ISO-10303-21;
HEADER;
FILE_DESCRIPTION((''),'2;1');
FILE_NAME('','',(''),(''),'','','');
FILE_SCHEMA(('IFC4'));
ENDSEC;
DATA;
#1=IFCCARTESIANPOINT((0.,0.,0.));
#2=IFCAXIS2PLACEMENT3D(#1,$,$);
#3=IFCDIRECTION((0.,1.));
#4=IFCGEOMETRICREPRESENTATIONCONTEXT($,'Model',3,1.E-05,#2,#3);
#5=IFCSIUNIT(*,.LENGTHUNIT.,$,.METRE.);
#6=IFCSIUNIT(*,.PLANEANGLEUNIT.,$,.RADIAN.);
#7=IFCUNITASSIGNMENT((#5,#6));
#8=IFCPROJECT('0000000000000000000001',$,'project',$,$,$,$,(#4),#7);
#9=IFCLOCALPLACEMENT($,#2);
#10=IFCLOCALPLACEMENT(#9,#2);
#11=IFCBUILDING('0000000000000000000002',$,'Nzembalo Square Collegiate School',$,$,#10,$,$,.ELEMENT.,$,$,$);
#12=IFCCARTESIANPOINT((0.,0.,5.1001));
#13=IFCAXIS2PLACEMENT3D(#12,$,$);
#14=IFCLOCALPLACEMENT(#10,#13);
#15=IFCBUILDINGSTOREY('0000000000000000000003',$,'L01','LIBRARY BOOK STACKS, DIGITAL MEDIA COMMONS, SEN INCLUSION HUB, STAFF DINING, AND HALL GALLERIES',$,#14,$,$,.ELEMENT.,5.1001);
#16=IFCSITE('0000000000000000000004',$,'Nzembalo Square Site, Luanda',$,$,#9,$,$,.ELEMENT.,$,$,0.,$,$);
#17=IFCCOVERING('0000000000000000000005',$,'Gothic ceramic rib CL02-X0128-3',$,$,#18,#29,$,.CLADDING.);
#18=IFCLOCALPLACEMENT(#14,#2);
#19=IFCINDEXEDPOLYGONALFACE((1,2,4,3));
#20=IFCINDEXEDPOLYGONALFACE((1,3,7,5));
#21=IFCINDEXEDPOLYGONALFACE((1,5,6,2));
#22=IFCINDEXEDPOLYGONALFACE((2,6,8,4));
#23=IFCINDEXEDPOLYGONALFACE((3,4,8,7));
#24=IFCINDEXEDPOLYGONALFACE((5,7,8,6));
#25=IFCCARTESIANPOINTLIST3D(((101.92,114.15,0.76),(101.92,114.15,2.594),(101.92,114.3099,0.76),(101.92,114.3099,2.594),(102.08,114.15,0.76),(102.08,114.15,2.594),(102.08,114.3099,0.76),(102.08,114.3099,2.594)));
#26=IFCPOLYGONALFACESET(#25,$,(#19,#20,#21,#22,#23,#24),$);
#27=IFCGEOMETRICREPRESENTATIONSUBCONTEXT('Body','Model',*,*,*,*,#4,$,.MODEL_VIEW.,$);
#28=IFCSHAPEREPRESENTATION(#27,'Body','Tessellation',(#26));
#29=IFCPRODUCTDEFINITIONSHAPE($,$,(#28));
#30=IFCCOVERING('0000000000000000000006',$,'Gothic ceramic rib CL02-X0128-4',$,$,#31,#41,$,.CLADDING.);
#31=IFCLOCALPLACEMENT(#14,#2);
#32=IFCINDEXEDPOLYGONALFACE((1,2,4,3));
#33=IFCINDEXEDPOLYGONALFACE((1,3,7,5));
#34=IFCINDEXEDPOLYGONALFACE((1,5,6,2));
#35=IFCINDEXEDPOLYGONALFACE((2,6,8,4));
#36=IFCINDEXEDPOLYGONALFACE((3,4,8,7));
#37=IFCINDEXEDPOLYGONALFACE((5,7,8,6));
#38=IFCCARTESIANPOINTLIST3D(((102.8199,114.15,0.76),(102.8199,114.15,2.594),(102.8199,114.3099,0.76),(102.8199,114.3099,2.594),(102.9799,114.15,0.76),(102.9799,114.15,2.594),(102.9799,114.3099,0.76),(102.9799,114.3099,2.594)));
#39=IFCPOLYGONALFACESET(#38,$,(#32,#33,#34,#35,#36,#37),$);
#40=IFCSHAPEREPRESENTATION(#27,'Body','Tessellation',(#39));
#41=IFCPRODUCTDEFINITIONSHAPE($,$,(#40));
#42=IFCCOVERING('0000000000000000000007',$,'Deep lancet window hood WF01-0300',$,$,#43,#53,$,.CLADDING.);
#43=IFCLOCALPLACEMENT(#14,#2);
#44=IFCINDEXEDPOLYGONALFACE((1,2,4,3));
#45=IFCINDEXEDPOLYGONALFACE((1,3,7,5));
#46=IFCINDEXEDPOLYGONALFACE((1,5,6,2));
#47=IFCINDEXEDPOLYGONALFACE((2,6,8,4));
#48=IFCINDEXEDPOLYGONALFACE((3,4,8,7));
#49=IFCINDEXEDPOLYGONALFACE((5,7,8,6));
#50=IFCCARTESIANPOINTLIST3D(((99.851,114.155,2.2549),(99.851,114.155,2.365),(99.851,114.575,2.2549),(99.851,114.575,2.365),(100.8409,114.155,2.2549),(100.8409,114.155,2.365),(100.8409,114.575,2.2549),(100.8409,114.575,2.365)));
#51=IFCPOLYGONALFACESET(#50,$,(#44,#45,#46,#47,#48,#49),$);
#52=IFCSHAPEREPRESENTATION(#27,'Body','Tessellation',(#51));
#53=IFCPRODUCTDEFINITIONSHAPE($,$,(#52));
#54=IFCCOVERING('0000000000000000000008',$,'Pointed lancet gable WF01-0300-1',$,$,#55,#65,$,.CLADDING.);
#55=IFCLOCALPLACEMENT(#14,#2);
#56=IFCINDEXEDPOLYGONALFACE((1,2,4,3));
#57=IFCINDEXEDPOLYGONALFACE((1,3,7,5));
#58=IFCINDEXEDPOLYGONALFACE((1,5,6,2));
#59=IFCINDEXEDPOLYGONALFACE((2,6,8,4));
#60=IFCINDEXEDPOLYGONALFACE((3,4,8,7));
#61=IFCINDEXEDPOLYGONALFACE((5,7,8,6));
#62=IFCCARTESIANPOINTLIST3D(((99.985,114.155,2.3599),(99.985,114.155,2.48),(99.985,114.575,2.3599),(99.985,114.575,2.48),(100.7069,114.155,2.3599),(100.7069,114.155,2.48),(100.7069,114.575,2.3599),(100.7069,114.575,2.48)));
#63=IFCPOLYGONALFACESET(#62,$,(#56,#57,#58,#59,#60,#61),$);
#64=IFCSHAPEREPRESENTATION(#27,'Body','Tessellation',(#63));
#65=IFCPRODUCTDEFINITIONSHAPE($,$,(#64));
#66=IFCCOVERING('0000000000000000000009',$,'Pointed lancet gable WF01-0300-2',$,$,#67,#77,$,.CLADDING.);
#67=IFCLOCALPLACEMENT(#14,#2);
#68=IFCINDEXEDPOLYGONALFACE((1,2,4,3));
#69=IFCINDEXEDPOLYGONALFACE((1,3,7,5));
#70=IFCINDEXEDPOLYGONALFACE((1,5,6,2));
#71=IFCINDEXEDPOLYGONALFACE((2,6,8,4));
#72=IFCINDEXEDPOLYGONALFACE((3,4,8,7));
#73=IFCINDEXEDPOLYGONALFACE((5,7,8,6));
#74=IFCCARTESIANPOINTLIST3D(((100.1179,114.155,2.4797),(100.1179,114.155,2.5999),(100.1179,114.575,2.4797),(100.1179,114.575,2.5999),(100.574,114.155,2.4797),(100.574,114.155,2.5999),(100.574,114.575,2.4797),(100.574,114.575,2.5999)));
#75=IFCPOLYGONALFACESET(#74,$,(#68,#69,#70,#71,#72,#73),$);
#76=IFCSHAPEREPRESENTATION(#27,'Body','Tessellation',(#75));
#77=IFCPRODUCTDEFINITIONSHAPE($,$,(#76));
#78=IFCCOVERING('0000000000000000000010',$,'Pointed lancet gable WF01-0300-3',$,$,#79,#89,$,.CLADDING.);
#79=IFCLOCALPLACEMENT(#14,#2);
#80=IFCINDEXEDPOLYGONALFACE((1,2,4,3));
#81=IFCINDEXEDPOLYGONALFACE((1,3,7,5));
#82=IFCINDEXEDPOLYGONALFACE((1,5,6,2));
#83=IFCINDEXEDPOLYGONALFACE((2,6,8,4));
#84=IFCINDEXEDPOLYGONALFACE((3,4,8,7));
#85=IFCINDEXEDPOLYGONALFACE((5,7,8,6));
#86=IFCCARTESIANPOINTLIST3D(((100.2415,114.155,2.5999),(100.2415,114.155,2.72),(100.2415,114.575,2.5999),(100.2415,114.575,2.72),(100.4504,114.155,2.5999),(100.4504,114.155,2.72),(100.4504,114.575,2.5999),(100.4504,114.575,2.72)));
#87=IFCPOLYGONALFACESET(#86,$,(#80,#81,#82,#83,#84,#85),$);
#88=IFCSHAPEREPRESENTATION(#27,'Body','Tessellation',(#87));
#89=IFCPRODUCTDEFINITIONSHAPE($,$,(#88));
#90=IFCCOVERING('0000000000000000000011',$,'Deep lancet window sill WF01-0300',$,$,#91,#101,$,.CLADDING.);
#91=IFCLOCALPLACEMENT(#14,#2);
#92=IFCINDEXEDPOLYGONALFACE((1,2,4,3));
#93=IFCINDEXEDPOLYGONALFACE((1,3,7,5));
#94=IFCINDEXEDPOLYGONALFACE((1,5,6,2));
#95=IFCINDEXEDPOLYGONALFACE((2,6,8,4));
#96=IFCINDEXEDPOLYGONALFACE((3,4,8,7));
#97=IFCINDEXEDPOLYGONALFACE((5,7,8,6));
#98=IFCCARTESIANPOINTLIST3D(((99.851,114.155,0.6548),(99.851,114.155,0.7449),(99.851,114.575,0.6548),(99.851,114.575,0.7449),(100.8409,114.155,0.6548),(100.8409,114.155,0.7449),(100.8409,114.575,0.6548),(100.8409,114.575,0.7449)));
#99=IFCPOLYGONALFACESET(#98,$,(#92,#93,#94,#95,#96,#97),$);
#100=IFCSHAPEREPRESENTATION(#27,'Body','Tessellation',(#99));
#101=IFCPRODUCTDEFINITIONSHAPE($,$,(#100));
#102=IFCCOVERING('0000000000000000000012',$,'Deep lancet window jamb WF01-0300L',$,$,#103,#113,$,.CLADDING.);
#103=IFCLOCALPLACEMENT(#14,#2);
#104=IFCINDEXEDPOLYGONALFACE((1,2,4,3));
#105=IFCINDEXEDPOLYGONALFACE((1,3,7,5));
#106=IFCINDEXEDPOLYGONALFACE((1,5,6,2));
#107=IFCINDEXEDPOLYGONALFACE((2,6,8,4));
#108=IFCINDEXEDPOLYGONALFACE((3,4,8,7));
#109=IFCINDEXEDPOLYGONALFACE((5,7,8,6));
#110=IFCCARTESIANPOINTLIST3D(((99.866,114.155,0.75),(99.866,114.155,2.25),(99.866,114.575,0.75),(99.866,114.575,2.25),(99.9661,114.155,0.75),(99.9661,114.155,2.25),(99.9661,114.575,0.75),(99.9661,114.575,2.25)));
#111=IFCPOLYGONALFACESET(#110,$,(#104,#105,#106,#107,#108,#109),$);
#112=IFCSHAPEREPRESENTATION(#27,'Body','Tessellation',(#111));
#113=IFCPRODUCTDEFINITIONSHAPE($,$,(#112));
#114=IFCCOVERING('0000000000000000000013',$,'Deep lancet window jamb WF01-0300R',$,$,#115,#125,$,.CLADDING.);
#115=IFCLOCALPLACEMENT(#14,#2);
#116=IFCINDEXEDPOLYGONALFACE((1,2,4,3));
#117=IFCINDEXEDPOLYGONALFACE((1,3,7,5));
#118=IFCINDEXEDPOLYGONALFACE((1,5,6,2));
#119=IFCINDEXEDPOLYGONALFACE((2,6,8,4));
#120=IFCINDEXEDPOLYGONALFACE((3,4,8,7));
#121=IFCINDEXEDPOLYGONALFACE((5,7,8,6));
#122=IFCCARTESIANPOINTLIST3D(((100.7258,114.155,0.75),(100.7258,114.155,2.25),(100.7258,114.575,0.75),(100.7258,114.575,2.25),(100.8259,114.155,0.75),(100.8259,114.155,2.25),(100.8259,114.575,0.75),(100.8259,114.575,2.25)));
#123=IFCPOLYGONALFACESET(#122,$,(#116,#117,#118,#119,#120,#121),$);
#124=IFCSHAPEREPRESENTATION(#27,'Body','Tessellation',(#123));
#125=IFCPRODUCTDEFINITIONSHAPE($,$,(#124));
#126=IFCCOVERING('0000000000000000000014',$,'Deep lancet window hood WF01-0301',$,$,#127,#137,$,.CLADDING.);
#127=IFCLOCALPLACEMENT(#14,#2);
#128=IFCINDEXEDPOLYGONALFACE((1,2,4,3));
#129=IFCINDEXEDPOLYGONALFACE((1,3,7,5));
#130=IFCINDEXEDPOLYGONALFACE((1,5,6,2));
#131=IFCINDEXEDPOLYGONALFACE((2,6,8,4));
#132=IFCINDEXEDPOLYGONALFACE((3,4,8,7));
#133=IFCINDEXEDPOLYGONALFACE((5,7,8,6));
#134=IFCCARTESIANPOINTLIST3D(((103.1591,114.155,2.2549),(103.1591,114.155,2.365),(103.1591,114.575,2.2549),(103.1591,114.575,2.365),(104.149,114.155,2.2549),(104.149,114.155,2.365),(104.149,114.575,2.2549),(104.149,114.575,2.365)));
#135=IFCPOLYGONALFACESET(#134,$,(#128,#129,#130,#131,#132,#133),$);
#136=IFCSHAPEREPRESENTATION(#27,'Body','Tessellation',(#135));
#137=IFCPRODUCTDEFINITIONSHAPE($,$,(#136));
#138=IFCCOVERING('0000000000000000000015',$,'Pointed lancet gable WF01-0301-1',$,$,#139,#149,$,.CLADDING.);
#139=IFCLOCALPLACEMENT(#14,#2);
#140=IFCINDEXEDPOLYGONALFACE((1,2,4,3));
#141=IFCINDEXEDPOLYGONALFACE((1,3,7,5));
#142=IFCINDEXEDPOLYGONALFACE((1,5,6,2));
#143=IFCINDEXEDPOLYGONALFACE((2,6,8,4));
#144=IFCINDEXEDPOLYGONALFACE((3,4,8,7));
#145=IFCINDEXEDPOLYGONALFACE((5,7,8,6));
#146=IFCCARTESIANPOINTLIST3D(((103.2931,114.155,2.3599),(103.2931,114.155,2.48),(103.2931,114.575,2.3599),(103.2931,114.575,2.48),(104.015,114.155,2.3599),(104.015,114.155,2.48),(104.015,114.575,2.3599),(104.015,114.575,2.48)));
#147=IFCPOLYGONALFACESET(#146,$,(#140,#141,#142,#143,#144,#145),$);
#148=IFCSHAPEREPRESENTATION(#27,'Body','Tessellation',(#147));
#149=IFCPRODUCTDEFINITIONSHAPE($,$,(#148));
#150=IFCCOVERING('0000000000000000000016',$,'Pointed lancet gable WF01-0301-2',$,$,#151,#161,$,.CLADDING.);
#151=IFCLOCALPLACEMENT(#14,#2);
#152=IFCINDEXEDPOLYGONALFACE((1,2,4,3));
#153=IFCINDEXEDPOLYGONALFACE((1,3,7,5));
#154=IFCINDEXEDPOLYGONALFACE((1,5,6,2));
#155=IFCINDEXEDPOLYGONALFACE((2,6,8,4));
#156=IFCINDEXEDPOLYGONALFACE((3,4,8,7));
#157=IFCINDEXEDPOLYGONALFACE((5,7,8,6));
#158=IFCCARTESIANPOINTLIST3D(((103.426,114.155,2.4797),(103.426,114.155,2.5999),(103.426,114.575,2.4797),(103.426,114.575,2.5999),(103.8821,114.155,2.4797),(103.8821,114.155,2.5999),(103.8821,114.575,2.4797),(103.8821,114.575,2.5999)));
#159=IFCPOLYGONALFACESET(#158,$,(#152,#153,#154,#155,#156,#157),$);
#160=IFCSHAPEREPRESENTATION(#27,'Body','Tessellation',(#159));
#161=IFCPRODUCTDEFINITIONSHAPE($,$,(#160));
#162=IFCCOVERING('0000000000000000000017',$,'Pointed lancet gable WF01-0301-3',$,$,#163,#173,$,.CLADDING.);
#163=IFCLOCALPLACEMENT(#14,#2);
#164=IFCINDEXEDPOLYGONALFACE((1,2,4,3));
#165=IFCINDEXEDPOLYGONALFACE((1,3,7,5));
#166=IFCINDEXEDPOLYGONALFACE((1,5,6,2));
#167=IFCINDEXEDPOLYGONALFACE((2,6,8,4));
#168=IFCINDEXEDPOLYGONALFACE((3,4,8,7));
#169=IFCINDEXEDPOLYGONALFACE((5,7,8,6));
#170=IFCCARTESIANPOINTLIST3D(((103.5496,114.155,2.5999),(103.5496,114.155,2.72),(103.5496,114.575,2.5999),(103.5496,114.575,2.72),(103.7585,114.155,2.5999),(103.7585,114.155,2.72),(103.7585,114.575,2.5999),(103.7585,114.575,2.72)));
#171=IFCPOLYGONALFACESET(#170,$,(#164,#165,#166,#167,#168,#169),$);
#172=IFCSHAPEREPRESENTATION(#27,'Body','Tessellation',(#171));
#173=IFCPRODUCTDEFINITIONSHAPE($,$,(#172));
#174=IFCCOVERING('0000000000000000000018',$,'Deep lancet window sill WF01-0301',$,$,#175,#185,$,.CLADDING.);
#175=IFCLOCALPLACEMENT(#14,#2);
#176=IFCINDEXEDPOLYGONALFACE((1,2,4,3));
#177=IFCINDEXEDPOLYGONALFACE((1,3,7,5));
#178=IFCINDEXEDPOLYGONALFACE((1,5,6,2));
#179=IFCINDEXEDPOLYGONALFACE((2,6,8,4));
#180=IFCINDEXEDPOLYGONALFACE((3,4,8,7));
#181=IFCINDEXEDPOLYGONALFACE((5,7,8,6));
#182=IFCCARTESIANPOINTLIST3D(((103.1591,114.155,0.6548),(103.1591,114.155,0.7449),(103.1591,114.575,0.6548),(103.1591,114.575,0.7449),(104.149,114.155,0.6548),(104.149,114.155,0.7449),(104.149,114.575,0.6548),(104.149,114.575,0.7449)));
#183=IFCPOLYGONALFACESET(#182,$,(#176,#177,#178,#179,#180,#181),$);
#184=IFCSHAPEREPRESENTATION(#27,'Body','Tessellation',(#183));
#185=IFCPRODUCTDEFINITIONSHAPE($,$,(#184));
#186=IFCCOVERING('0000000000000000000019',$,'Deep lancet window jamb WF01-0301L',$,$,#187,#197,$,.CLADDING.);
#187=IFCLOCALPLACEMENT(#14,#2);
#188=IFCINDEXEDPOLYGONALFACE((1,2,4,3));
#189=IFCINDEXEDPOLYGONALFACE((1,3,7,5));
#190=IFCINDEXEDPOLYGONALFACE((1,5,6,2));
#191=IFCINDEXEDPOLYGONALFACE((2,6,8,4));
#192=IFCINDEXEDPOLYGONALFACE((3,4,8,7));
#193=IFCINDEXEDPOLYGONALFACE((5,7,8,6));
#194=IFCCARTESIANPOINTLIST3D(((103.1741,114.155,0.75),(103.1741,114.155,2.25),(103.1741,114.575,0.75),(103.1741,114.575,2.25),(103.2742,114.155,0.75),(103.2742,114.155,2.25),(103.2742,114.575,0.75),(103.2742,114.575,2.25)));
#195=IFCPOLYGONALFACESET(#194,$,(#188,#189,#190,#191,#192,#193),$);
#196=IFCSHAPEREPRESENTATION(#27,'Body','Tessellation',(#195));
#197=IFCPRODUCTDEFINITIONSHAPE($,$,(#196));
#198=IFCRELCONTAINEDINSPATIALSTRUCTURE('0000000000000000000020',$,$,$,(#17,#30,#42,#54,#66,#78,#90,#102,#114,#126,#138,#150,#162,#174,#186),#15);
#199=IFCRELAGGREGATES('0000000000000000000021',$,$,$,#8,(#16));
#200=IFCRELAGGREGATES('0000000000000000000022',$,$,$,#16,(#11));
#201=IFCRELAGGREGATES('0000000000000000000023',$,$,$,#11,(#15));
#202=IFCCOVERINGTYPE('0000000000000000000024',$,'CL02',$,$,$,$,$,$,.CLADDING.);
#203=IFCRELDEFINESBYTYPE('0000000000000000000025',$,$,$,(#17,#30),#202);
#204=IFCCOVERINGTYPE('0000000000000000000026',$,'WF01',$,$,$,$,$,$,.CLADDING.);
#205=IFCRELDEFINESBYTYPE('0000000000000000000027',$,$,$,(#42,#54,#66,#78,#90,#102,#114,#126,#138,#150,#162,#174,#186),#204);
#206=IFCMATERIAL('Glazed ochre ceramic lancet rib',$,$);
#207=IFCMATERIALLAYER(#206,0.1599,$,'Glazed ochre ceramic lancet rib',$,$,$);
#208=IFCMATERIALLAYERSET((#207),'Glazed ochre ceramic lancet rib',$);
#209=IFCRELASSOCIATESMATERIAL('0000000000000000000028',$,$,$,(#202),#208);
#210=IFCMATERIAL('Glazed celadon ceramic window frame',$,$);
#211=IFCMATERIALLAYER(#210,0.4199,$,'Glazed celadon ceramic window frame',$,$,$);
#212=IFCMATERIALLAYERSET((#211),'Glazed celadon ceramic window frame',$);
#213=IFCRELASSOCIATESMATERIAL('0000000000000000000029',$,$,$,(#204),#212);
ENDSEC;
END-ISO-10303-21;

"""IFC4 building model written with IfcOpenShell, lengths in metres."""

from ifc_helpers import new_model, si_unit, direction, frame, origin, origin_2d, place, context, subcontext, project, spatial, rectangle, extrude, material, layer, layer_set, type_object, element, save


model = new_model("IFC4")

# Units and contexts
model_context = context("Model", 3, precision=1e-05, world=origin(), true_north=direction((0.0, 1.0)))
body_context = subcontext(model_context, "Body", "Model", "MODEL_VIEW")
ifc_project = project(units=[si_unit("LENGTHUNIT", "METRE"), si_unit("PLANEANGLEUNIT", "RADIAN")], contexts=[model_context])

# Site, building, storey
site_placement = place(None, origin())
site = spatial("IfcSite", under=ifc_project, at=site_placement, Name="Nzembalo Square Site, Luanda", CompositionType="ELEMENT", RefElevation=0.0)
building_placement = place(site_placement, origin())
building = spatial("IfcBuilding", under=site, at=building_placement, Name="Nzembalo Square Collegiate School", CompositionType="ELEMENT")
storey_placement = place(building_placement, frame((0.0, 0.0, 5.1001)))
storey = spatial("IfcBuildingStorey", under=building, at=storey_placement, Name="L01", Description="LIBRARY BOOK STACKS, DIGITAL MEDIA COMMONS, SEN INCLUSION HUB, STAFF DINING, AND HALL GALLERIES", CompositionType="ELEMENT", Elevation=5.1001)

# Coverings
ifc_material_1 = material(Name="Glazed ochre ceramic lancet rib")
ifc_layer_1 = layer(ifc_material_1, 0.1599, Name="Glazed ochre ceramic lancet rib")
ifc_layer_set_1 = layer_set([ifc_layer_1], Name="Glazed ochre ceramic lancet rib")
covering_type_1 = type_object("IfcCoveringType", Name="CL02", PredefinedType="CLADDING", material=ifc_layer_set_1)
for number, where, z_axis, x_axis, name in (
    (1, (102.0, 114.23, 0.76), (0.0, 0.0, 1.0), (1.0, 0.0, 0.0), "Gothic ceramic rib CL02-X0128-3"),
    (2, (102.8999, 114.23, 0.76), (0.0, 0.0, 1.0), (1.0, 0.0, 0.0), "Gothic ceramic rib CL02-X0128-4"),
):
    element("IfcCovering", number, at=place(storey_placement, frame(where, z_axis=z_axis, x_axis=x_axis)), inside=storey, type_object=covering_type_1, Name=name, PredefinedType="CLADDING", context=body_context, shape_type="SweptSolid", body=[
        extrude(rectangle(XDim=0.1599, YDim=0.1599, at=origin_2d()), origin(), (0.0, 0.0, 1.0), 1.834),
    ])
ifc_material_2 = material(Name="Glazed celadon ceramic window frame")
ifc_layer_2 = layer(ifc_material_2, 0.4199, Name="Glazed celadon ceramic window frame")
ifc_layer_set_2 = layer_set([ifc_layer_2], Name="Glazed celadon ceramic window frame")
covering_type_2 = type_object("IfcCoveringType", Name="WF01", PredefinedType="CLADDING", material=ifc_layer_set_2)
covering_1_placement = place(storey_placement, frame((100.3459, 114.365, 2.2549), z_axis=(0.0, 0.0, 1.0), x_axis=(1.0, 0.0, 0.0)))
element("IfcCovering", 3, at=covering_1_placement, inside=storey, type_object=covering_type_2, Name="Deep lancet window hood WF01-0300", PredefinedType="CLADDING", context=body_context, shape_type="SweptSolid", body=[
    extrude(rectangle(XDim=0.99, YDim=0.4199, at=origin_2d()), origin(), (0.0, 0.0, 1.0), 0.1101),
])
covering_2_placement = place(storey_placement, frame((100.3459, 114.365, 2.3599), z_axis=(0.0, 0.0, 1.0), x_axis=(1.0, 0.0, 0.0)))
element("IfcCovering", 4, at=covering_2_placement, inside=storey, type_object=covering_type_2, Name="Pointed lancet gable WF01-0300-1", PredefinedType="CLADDING", context=body_context, shape_type="SweptSolid", body=[
    extrude(rectangle(XDim=0.7219, YDim=0.4199, at=origin_2d()), origin(), (0.0, 0.0, 1.0), 0.1201),
])
covering_3_placement = place(storey_placement, frame((100.3459, 114.365, 2.4797), z_axis=(0.0, 0.0, 1.0), x_axis=(1.0, 0.0, 0.0)))
element("IfcCovering", 5, at=covering_3_placement, inside=storey, type_object=covering_type_2, Name="Pointed lancet gable WF01-0300-2", PredefinedType="CLADDING", context=body_context, shape_type="SweptSolid", body=[
    extrude(rectangle(XDim=0.4561, YDim=0.4199, at=origin_2d()), origin(), (0.0, 0.0, 1.0), 0.1201),
])
covering_4_placement = place(storey_placement, frame((100.3459, 114.365, 2.5999), z_axis=(0.0, 0.0, 1.0), x_axis=(1.0, 0.0, 0.0)))
element("IfcCovering", 6, at=covering_4_placement, inside=storey, type_object=covering_type_2, Name="Pointed lancet gable WF01-0300-3", PredefinedType="CLADDING", context=body_context, shape_type="SweptSolid", body=[
    extrude(rectangle(XDim=0.209, YDim=0.4199, at=origin_2d()), origin(), (0.0, 0.0, 1.0), 0.1201),
])
covering_5_placement = place(storey_placement, frame((100.3459, 114.365, 0.6548), z_axis=(0.0, 0.0, 1.0), x_axis=(1.0, 0.0, 0.0)))
element("IfcCovering", 7, at=covering_5_placement, inside=storey, type_object=covering_type_2, Name="Deep lancet window sill WF01-0300", PredefinedType="CLADDING", context=body_context, shape_type="SweptSolid", body=[
    extrude(rectangle(XDim=0.99, YDim=0.4199, at=origin_2d()), origin(), (0.0, 0.0, 1.0), 0.0901),
])
for number, where, z_axis, x_axis, name in (
    (8, (99.916, 114.365, 0.75), (0.0, 0.0, 1.0), (1.0, 0.0, 0.0), "Deep lancet window jamb WF01-0300L"),
    (9, (100.7759, 114.365, 0.75), (0.0, 0.0, 1.0), (1.0, 0.0, 0.0), "Deep lancet window jamb WF01-0300R"),
):
    element("IfcCovering", number, at=place(storey_placement, frame(where, z_axis=z_axis, x_axis=x_axis)), inside=storey, type_object=covering_type_2, Name=name, PredefinedType="CLADDING", context=body_context, shape_type="SweptSolid", body=[
        extrude(rectangle(XDim=0.1001, YDim=0.4199, at=origin_2d()), origin(), (0.0, 0.0, 1.0), 1.5),
    ])
covering_6_placement = place(storey_placement, frame((103.6541, 114.365, 2.2549), z_axis=(0.0, 0.0, 1.0), x_axis=(1.0, 0.0, 0.0)))
element("IfcCovering", 10, at=covering_6_placement, inside=storey, type_object=covering_type_2, Name="Deep lancet window hood WF01-0301", PredefinedType="CLADDING", context=body_context, shape_type="SweptSolid", body=[
    extrude(rectangle(XDim=0.99, YDim=0.4199, at=origin_2d()), origin(), (0.0, 0.0, 1.0), 0.1101),
])
covering_7_placement = place(storey_placement, frame((103.6541, 114.365, 2.3599), z_axis=(0.0, 0.0, 1.0), x_axis=(1.0, 0.0, 0.0)))
element("IfcCovering", 11, at=covering_7_placement, inside=storey, type_object=covering_type_2, Name="Pointed lancet gable WF01-0301-1", PredefinedType="CLADDING", context=body_context, shape_type="SweptSolid", body=[
    extrude(rectangle(XDim=0.7219, YDim=0.4199, at=origin_2d()), origin(), (0.0, 0.0, 1.0), 0.1201),
])
covering_8_placement = place(storey_placement, frame((103.6541, 114.365, 2.4797), z_axis=(0.0, 0.0, 1.0), x_axis=(1.0, 0.0, 0.0)))
element("IfcCovering", 12, at=covering_8_placement, inside=storey, type_object=covering_type_2, Name="Pointed lancet gable WF01-0301-2", PredefinedType="CLADDING", context=body_context, shape_type="SweptSolid", body=[
    extrude(rectangle(XDim=0.4561, YDim=0.4199, at=origin_2d()), origin(), (0.0, 0.0, 1.0), 0.1201),
])
covering_9_placement = place(storey_placement, frame((103.6541, 114.365, 2.5999), z_axis=(0.0, 0.0, 1.0), x_axis=(1.0, 0.0, 0.0)))
element("IfcCovering", 13, at=covering_9_placement, inside=storey, type_object=covering_type_2, Name="Pointed lancet gable WF01-0301-3", PredefinedType="CLADDING", context=body_context, shape_type="SweptSolid", body=[
    extrude(rectangle(XDim=0.209, YDim=0.4199, at=origin_2d()), origin(), (0.0, 0.0, 1.0), 0.1201),
])
covering_10_placement = place(storey_placement, frame((103.6541, 114.365, 0.6548), z_axis=(0.0, 0.0, 1.0), x_axis=(1.0, 0.0, 0.0)))
element("IfcCovering", 14, at=covering_10_placement, inside=storey, type_object=covering_type_2, Name="Deep lancet window sill WF01-0301", PredefinedType="CLADDING", context=body_context, shape_type="SweptSolid", body=[
    extrude(rectangle(XDim=0.99, YDim=0.4199, at=origin_2d()), origin(), (0.0, 0.0, 1.0), 0.0901),
])
covering_11_placement = place(storey_placement, frame((103.2241, 114.365, 0.75), z_axis=(0.0, 0.0, 1.0), x_axis=(1.0, 0.0, 0.0)))
element("IfcCovering", 15, at=covering_11_placement, inside=storey, type_object=covering_type_2, Name="Deep lancet window jamb WF01-0301L", PredefinedType="CLADDING", context=body_context, shape_type="SweptSolid", body=[
    extrude(rectangle(XDim=0.1001, YDim=0.4199, at=origin_2d()), origin(), (0.0, 0.0, 1.0), 1.5),
])

save(model, "model.ifc")
